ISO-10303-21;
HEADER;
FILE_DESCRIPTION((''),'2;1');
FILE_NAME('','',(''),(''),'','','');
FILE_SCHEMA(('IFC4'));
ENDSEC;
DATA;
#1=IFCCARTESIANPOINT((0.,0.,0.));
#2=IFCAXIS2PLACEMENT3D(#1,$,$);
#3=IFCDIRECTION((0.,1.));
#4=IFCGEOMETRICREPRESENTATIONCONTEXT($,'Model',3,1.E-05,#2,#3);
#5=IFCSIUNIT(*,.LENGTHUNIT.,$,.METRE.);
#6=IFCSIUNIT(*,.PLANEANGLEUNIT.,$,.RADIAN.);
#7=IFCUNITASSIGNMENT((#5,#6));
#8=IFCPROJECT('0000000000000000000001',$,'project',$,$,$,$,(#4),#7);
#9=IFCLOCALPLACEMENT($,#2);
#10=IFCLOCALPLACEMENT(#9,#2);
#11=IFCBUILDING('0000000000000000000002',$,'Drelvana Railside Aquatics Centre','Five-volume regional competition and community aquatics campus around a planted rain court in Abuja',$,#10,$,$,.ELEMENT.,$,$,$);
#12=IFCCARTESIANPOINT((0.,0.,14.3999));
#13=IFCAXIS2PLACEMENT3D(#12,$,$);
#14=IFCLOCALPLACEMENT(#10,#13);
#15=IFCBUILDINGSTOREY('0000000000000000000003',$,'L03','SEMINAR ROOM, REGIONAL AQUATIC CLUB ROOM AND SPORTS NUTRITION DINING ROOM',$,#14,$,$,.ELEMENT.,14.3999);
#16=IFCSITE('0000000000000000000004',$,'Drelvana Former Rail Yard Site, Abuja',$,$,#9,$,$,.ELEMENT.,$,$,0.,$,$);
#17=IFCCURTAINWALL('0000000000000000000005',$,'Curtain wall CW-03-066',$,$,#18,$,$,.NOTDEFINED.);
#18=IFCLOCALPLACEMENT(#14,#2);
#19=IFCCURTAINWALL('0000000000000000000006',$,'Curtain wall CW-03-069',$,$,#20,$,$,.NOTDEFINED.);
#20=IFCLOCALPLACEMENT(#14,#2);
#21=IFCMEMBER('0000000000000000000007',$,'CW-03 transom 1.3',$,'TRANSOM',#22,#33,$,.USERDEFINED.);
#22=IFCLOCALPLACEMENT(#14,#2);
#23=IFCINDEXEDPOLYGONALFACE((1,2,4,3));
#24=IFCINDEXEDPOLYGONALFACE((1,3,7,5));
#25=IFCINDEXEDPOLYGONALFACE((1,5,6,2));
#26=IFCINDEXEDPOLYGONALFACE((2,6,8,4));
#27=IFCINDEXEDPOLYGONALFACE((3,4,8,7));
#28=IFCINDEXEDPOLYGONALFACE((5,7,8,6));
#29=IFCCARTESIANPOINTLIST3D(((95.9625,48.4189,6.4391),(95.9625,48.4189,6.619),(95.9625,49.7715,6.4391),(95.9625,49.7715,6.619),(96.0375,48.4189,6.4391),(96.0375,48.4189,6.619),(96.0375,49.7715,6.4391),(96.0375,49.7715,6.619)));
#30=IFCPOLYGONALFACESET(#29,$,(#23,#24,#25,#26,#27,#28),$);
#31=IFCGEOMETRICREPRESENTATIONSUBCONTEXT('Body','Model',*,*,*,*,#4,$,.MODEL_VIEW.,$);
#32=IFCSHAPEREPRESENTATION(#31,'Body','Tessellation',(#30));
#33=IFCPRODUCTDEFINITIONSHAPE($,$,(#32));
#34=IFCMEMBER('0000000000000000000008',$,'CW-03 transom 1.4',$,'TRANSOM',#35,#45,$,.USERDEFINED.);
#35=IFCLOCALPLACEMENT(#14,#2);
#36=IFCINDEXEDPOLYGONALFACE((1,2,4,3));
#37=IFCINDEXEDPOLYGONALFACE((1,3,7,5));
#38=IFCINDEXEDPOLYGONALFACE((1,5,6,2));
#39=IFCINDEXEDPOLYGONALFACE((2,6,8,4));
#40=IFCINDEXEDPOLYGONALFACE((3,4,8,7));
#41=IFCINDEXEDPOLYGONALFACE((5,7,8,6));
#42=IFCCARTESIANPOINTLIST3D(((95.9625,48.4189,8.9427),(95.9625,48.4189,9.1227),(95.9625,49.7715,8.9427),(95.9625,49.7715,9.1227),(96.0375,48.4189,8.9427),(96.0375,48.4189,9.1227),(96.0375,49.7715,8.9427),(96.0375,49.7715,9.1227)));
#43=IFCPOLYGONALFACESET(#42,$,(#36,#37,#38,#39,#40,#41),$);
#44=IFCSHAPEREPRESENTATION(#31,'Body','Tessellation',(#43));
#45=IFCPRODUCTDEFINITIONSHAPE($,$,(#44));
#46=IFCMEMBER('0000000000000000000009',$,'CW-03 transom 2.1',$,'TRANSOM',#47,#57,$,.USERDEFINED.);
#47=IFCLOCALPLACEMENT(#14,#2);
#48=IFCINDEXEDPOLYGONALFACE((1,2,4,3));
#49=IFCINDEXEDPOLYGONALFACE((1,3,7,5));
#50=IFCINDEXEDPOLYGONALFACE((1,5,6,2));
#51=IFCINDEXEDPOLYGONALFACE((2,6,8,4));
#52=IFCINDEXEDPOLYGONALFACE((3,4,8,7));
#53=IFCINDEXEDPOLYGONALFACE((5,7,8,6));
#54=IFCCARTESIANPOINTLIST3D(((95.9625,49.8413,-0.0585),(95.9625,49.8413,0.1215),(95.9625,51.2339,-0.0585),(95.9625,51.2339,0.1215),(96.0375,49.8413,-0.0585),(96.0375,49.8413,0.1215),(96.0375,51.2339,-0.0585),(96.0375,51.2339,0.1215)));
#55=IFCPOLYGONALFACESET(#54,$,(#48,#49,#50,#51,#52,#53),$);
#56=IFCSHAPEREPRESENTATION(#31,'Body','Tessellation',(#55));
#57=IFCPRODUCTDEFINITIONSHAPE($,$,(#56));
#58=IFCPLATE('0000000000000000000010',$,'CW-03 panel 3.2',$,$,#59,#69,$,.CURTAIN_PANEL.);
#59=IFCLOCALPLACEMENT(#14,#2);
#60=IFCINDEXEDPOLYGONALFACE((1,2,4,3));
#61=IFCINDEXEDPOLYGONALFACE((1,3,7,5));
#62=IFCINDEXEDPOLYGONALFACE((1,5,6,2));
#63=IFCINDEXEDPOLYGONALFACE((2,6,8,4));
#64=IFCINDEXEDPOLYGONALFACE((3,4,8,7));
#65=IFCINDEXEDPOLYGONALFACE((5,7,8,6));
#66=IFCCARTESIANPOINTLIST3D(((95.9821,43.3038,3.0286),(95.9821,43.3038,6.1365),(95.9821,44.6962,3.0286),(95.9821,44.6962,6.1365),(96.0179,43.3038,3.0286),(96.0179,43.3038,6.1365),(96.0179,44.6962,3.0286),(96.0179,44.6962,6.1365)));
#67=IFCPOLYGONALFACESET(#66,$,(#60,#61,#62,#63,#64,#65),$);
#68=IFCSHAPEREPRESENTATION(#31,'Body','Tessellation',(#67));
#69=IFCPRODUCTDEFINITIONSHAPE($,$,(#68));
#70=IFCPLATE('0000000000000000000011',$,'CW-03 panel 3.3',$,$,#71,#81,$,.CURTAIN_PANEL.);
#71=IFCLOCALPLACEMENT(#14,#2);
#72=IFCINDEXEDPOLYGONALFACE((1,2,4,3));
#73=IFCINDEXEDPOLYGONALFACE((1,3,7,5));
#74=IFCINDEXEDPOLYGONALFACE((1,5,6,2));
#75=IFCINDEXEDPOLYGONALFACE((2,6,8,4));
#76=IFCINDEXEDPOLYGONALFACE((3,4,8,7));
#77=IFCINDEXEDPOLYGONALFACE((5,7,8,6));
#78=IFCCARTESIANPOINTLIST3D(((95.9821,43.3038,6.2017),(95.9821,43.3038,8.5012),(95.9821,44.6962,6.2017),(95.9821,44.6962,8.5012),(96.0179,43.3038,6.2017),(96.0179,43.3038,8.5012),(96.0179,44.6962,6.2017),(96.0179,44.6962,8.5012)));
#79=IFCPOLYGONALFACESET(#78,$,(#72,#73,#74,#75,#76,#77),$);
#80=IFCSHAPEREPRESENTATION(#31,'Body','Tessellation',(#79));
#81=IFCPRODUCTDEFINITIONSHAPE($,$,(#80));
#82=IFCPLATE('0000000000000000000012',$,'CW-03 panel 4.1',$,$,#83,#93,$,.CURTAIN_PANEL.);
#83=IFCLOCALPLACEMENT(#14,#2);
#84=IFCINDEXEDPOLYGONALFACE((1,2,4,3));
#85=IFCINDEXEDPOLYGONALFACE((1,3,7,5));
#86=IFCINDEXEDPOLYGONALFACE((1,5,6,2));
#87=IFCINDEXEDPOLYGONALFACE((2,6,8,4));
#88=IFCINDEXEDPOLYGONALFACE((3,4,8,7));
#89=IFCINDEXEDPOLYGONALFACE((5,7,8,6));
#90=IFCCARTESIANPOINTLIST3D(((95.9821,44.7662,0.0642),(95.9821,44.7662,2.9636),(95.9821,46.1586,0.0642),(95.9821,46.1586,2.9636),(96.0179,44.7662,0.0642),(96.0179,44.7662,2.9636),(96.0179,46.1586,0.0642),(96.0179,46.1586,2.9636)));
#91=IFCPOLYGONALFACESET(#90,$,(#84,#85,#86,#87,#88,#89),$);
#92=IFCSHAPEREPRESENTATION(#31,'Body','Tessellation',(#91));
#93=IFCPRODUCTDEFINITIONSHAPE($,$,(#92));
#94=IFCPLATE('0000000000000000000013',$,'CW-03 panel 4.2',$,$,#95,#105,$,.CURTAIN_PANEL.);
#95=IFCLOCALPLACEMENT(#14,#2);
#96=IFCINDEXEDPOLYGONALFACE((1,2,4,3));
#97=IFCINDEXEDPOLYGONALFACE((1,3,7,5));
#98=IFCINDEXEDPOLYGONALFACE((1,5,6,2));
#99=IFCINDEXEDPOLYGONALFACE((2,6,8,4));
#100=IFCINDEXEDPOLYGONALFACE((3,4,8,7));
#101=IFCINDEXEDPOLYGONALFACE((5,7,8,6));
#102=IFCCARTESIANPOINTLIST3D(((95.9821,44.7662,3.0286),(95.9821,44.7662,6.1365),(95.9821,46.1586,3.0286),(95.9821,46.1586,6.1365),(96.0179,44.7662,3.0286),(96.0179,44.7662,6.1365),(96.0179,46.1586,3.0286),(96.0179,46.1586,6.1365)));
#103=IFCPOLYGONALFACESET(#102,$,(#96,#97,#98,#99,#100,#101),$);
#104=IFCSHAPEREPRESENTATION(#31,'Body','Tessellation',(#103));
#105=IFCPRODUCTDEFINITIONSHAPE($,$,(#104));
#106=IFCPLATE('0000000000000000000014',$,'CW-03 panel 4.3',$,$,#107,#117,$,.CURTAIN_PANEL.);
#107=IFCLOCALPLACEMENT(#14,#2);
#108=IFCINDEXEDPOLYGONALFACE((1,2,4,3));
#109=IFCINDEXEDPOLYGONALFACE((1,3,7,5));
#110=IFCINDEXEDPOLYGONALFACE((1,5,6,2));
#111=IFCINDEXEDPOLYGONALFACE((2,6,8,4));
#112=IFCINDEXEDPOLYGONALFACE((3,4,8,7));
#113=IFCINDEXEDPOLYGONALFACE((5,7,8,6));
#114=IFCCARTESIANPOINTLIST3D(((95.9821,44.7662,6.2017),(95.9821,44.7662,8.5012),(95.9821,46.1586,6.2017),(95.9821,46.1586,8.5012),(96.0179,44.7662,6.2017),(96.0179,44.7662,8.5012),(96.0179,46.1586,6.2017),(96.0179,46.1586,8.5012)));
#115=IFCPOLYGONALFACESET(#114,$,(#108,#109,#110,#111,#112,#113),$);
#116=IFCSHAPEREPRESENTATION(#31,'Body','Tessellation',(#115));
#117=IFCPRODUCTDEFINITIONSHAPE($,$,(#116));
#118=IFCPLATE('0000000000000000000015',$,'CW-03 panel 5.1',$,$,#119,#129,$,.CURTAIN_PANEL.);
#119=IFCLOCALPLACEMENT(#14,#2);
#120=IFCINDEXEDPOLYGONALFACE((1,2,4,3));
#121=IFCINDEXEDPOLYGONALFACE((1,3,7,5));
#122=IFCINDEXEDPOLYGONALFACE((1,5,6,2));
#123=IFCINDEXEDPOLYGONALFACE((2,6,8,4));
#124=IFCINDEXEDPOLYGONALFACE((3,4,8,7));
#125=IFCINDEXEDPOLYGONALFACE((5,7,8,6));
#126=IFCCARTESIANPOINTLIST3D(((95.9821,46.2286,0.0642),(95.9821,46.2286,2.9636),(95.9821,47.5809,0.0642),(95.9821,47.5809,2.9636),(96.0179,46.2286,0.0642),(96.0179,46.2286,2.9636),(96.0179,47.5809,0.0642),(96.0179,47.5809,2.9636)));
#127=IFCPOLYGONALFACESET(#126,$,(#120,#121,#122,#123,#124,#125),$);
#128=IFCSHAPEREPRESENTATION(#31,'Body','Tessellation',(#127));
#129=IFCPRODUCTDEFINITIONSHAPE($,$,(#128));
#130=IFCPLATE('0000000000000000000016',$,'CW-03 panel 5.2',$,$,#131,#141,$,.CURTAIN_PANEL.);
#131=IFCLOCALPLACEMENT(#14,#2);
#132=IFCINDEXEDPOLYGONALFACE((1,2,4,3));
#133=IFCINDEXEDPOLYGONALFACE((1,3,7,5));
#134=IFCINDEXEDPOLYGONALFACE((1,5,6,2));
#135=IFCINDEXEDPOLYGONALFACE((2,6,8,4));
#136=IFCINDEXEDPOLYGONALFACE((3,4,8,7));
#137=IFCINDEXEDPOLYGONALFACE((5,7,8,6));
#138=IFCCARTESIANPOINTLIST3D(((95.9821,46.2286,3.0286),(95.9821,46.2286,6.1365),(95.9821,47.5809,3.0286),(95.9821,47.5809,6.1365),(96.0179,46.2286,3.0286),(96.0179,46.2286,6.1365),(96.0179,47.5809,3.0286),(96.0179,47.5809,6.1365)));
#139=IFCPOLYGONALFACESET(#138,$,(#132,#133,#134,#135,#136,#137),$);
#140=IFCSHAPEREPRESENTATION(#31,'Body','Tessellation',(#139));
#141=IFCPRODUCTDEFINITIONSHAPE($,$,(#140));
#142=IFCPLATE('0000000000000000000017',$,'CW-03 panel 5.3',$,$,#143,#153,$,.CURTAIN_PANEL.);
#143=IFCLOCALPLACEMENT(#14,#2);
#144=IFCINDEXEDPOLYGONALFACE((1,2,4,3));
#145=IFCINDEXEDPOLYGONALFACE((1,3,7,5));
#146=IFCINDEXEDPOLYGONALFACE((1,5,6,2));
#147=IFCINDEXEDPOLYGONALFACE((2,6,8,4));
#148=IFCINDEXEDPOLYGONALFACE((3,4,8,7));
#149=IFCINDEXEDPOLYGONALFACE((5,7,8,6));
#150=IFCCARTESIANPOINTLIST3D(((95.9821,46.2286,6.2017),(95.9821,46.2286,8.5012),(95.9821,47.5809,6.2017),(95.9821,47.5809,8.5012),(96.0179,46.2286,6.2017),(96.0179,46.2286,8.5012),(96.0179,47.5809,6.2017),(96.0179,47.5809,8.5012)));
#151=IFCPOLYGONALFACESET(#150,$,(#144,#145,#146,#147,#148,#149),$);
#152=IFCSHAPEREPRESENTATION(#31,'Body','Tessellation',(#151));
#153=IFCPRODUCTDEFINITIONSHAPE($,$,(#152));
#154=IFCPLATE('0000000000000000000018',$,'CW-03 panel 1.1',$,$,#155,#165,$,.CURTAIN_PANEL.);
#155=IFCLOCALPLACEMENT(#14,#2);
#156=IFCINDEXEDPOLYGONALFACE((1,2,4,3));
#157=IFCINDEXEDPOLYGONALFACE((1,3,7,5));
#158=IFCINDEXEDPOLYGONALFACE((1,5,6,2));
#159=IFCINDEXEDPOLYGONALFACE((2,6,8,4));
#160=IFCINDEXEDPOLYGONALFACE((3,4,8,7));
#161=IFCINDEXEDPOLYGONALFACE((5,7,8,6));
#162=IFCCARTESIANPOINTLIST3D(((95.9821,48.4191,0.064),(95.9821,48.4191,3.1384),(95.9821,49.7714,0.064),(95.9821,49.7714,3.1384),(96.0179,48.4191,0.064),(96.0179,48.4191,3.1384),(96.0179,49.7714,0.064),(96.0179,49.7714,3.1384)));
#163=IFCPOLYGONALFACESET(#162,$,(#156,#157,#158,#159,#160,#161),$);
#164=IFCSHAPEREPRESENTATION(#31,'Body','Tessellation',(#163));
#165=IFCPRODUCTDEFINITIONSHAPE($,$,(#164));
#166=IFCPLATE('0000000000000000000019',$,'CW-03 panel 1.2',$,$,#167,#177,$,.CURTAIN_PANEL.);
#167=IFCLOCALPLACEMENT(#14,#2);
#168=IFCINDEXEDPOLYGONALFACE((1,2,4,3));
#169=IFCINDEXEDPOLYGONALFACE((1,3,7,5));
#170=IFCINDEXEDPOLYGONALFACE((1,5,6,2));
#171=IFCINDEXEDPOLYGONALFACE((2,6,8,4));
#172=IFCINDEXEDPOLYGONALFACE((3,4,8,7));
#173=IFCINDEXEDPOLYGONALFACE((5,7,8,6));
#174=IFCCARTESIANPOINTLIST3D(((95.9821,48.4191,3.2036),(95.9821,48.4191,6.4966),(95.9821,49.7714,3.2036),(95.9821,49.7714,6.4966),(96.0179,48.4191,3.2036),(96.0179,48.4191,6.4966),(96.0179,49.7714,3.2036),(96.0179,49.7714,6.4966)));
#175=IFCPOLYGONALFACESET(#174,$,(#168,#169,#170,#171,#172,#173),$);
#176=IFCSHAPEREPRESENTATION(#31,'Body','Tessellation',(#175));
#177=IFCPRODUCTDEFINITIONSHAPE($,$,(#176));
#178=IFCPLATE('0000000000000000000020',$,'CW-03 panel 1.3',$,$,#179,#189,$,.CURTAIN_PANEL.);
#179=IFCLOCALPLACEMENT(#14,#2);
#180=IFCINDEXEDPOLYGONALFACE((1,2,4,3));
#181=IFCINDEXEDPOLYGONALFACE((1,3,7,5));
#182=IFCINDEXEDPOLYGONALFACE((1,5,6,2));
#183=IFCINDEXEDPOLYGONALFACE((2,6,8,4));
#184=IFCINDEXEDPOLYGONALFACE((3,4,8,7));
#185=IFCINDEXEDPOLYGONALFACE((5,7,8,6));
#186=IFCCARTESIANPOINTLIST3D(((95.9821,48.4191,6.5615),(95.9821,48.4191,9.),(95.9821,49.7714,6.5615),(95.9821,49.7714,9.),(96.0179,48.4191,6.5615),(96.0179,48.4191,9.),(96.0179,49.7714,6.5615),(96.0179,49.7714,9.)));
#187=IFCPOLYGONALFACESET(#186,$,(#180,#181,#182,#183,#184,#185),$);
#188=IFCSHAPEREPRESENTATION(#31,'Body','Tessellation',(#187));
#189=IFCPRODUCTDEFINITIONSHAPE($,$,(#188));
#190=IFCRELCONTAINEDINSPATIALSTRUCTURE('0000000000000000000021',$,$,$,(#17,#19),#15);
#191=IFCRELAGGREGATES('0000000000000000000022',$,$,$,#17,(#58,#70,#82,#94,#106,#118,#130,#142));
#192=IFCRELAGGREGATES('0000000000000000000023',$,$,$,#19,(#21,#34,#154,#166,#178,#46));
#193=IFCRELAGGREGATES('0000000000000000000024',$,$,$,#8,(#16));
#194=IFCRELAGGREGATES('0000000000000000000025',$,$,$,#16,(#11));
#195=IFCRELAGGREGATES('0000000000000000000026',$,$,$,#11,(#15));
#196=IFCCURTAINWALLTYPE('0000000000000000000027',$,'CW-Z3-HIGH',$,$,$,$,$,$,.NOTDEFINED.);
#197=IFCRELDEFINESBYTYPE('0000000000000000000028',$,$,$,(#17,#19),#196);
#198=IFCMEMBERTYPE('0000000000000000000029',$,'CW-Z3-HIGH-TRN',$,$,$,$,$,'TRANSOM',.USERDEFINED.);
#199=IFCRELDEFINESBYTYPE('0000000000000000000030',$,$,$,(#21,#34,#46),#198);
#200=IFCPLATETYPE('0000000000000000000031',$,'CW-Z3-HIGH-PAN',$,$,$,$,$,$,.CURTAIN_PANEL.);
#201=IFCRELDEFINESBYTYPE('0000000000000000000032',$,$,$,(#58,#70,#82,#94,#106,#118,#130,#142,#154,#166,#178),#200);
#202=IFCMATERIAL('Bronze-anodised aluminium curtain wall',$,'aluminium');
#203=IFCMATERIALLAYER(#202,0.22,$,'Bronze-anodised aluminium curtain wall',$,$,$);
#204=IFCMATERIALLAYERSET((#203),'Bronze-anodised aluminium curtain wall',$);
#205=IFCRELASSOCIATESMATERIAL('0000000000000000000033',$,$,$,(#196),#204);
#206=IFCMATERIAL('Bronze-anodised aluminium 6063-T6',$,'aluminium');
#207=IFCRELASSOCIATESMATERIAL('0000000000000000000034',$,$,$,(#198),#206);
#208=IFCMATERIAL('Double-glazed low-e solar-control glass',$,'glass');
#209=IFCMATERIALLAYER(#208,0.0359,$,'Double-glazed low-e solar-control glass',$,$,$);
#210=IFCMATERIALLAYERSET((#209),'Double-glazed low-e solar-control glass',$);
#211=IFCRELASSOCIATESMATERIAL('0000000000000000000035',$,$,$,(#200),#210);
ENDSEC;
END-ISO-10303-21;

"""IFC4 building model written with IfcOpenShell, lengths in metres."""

from ifc_helpers import new_model, si_unit, direction, frame, origin, origin_2d, place, context, subcontext, project, spatial, rectangle, extrude, material, layer, layer_set, material_profile, profile_set, type_object, element, aggregate, save


model = new_model("IFC4")

# Units and contexts
model_context = context("Model", 3, precision=1e-05, world=origin(), true_north=direction((0.0, 1.0)))
body_context = subcontext(model_context, "Body", "Model", "MODEL_VIEW")
ifc_project = project(units=[si_unit("LENGTHUNIT", "METRE"), si_unit("PLANEANGLEUNIT", "RADIAN")], contexts=[model_context])

# Site, building, storey
site_placement = place(None, origin())
site = spatial("IfcSite", under=ifc_project, at=site_placement, Name="Drelvana Former Rail Yard Site, Abuja", CompositionType="ELEMENT", RefElevation=0.0)
building_placement = place(site_placement, origin())
building = spatial("IfcBuilding", under=site, at=building_placement, Name="Drelvana Railside Aquatics Centre", Description="Five-volume regional competition and community aquatics campus around a planted rain court in Abuja", CompositionType="ELEMENT")
storey_placement = place(building_placement, frame((0.0, 0.0, 14.3999)))
storey = spatial("IfcBuildingStorey", under=building, at=storey_placement, Name="L03", Description="SEMINAR ROOM, REGIONAL AQUATIC CLUB ROOM AND SPORTS NUTRITION DINING ROOM", CompositionType="ELEMENT", Elevation=14.3999)

# Curtain walls
ifc_material_1 = material(Name="Bronze-anodised aluminium curtain wall", Category="aluminium")
ifc_layer_1 = layer(ifc_material_1, 0.22, Name="Bronze-anodised aluminium curtain wall")
ifc_layer_set_1 = layer_set([ifc_layer_1], Name="Bronze-anodised aluminium curtain wall")
curtain_wall_type = type_object("IfcCurtainWallType", Name="CW-Z3-HIGH", PredefinedType="NOTDEFINED", material=ifc_layer_set_1)
curtain_wall_1_placement = place(storey_placement, origin())
curtain_wall_1 = element("IfcCurtainWall", 1, at=curtain_wall_1_placement, inside=storey, type_object=curtain_wall_type, Name="Curtain wall CW-03-066", PredefinedType="NOTDEFINED")
ifc_material_2 = material(Name="Bronze-anodised aluminium 6063-T6", Category="aluminium")
curtain_wall_2_placement = place(storey_placement, origin())
curtain_wall_2 = element("IfcCurtainWall", 2, at=curtain_wall_2_placement, inside=storey, type_object=curtain_wall_type, Name="Curtain wall CW-03-069", PredefinedType="NOTDEFINED")

# Members
ifc_material_profile_1 = material_profile(ifc_material_2, rectangle(XDim=0.1799, YDim=0.075, at=origin_2d()), Name="ALU-T 75x180")
ifc_profile_set_1 = profile_set([ifc_material_profile_1], Name="Bronze-anodised aluminium 6063-T6")
member_type_1 = type_object("IfcMemberType", Name="CW-Z3-HIGH-TRN", ElementType="TRANSOM", PredefinedType="USERDEFINED", material=ifc_profile_set_1)
member_1_placement = place(storey_placement, frame((96.0, 48.4189, 6.5291), z_axis=(0.0, 1.0, 0.0), x_axis=(0.0, 0.0, 1.0)))
member_1 = element("IfcMember", 3, at=member_1_placement, type_object=member_type_1, Name="CW-03 transom 1.3", ObjectType="TRANSOM", PredefinedType="USERDEFINED", context=body_context, shape_type="SweptSolid", body=[
    extrude(rectangle(XDim=0.1799, YDim=0.075, at=origin_2d()), origin(), (0.0, 0.0, 1.0), 1.3525),
])
member_2_placement = place(storey_placement, frame((96.0, 48.4189, 9.0327), z_axis=(0.0, 1.0, 0.0), x_axis=(0.0, 0.0, 1.0)))
member_2 = element("IfcMember", 4, at=member_2_placement, type_object=member_type_1, Name="CW-03 transom 1.4", ObjectType="TRANSOM", PredefinedType="USERDEFINED", context=body_context, shape_type="SweptSolid", body=[
    extrude(rectangle(XDim=0.1799, YDim=0.075, at=origin_2d()), origin(), (0.0, 0.0, 1.0), 1.3525),
])
member_3_placement = place(storey_placement, frame((96.0, 49.8413, 0.0315), z_axis=(0.0, 1.0, 0.0), x_axis=(0.0, 0.0, 1.0)))
member_3 = element("IfcMember", 5, at=member_3_placement, type_object=member_type_1, Name="CW-03 transom 2.1", ObjectType="TRANSOM", PredefinedType="USERDEFINED", context=body_context, shape_type="SweptSolid", body=[
    extrude(rectangle(XDim=0.1799, YDim=0.075, at=origin_2d()), origin(), (0.0, 0.0, 1.0), 1.3926),
])

# Plates
ifc_material_3 = material(Name="Double-glazed low-e solar-control glass", Category="glass")
ifc_layer_2 = layer(ifc_material_3, 0.0359, Name="Double-glazed low-e solar-control glass")
ifc_layer_set_2 = layer_set([ifc_layer_2], Name="Double-glazed low-e solar-control glass")
plate_type = type_object("IfcPlateType", Name="CW-Z3-HIGH-PAN", PredefinedType="CURTAIN_PANEL", material=ifc_layer_set_2)
plate_1_placement = place(storey_placement, frame((96.0, 44.0, 3.0286), z_axis=(0.0, 0.0, 1.0), x_axis=(0.0, 1.0, 0.0)))
plate_1 = element("IfcPlate", 6, at=plate_1_placement, type_object=plate_type, Name="CW-03 panel 3.2", PredefinedType="CURTAIN_PANEL", context=body_context, shape_type="SweptSolid", body=[
    extrude(rectangle(XDim=1.3923, YDim=0.0359, at=origin_2d()), origin(), (0.0, 0.0, 1.0), 3.1079),
])
plate_2_placement = place(storey_placement, frame((96.0, 44.0, 6.2017), z_axis=(0.0, 0.0, 1.0), x_axis=(0.0, 1.0, 0.0)))
plate_2 = element("IfcPlate", 7, at=plate_2_placement, type_object=plate_type, Name="CW-03 panel 3.3", PredefinedType="CURTAIN_PANEL", context=body_context, shape_type="SweptSolid", body=[
    extrude(rectangle(XDim=1.3923, YDim=0.0359, at=origin_2d()), origin(), (0.0, 0.0, 1.0), 2.2996),
])
plate_3_placement = place(storey_placement, frame((96.0, 45.4624, 0.0642), z_axis=(0.0, 0.0, 1.0), x_axis=(0.0, 1.0, 0.0)))
plate_3 = element("IfcPlate", 8, at=plate_3_placement, type_object=plate_type, Name="CW-03 panel 4.1", PredefinedType="CURTAIN_PANEL", context=body_context, shape_type="SweptSolid", body=[
    extrude(rectangle(XDim=1.3923, YDim=0.0359, at=origin_2d()), origin(), (0.0, 0.0, 1.0), 2.8994),
])
plate_4_placement = place(storey_placement, frame((96.0, 45.4624, 3.0286), z_axis=(0.0, 0.0, 1.0), x_axis=(0.0, 1.0, 0.0)))
plate_4 = element("IfcPlate", 9, at=plate_4_placement, type_object=plate_type, Name="CW-03 panel 4.2", PredefinedType="CURTAIN_PANEL", context=body_context, shape_type="SweptSolid", body=[
    extrude(rectangle(XDim=1.3923, YDim=0.0359, at=origin_2d()), origin(), (0.0, 0.0, 1.0), 3.1079),
])
plate_5_placement = place(storey_placement, frame((96.0, 45.4624, 6.2017), z_axis=(0.0, 0.0, 1.0), x_axis=(0.0, 1.0, 0.0)))
plate_5 = element("IfcPlate", 10, at=plate_5_placement, type_object=plate_type, Name="CW-03 panel 4.3", PredefinedType="CURTAIN_PANEL", context=body_context, shape_type="SweptSolid", body=[
    extrude(rectangle(XDim=1.3923, YDim=0.0359, at=origin_2d()), origin(), (0.0, 0.0, 1.0), 2.2996),
])
plate_6_placement = place(storey_placement, frame((96.0, 46.9048, 0.0642), z_axis=(0.0, 0.0, 1.0), x_axis=(0.0, 1.0, 0.0)))
plate_6 = element("IfcPlate", 11, at=plate_6_placement, type_object=plate_type, Name="CW-03 panel 5.1", PredefinedType="CURTAIN_PANEL", context=body_context, shape_type="SweptSolid", body=[
    extrude(rectangle(XDim=1.3523, YDim=0.0359, at=origin_2d()), origin(), (0.0, 0.0, 1.0), 2.8994),
])
plate_7_placement = place(storey_placement, frame((96.0, 46.9048, 3.0286), z_axis=(0.0, 0.0, 1.0), x_axis=(0.0, 1.0, 0.0)))
plate_7 = element("IfcPlate", 12, at=plate_7_placement, type_object=plate_type, Name="CW-03 panel 5.2", PredefinedType="CURTAIN_PANEL", context=body_context, shape_type="SweptSolid", body=[
    extrude(rectangle(XDim=1.3523, YDim=0.0359, at=origin_2d()), origin(), (0.0, 0.0, 1.0), 3.1079),
])
plate_8_placement = place(storey_placement, frame((96.0, 46.9048, 6.2017), z_axis=(0.0, 0.0, 1.0), x_axis=(0.0, 1.0, 0.0)))
plate_8 = element("IfcPlate", 13, at=plate_8_placement, type_object=plate_type, Name="CW-03 panel 5.3", PredefinedType="CURTAIN_PANEL", context=body_context, shape_type="SweptSolid", body=[
    extrude(rectangle(XDim=1.3523, YDim=0.0359, at=origin_2d()), origin(), (0.0, 0.0, 1.0), 2.2996),
])
aggregate(curtain_wall_1, [plate_1, plate_2, plate_3, plate_4, plate_5, plate_6, plate_7, plate_8])
plate_9_placement = place(storey_placement, frame((96.0, 49.0952, 0.064), z_axis=(0.0, 0.0, 1.0), x_axis=(0.0, 1.0, 0.0)))
plate_9 = element("IfcPlate", 14, at=plate_9_placement, type_object=plate_type, Name="CW-03 panel 1.1", PredefinedType="CURTAIN_PANEL", context=body_context, shape_type="SweptSolid", body=[
    extrude(rectangle(XDim=1.3523, YDim=0.0359, at=origin_2d()), origin(), (0.0, 0.0, 1.0), 3.0745),
])
plate_10_placement = place(storey_placement, frame((96.0, 49.0952, 3.2036), z_axis=(0.0, 0.0, 1.0), x_axis=(0.0, 1.0, 0.0)))
plate_10 = element("IfcPlate", 15, at=plate_10_placement, type_object=plate_type, Name="CW-03 panel 1.2", PredefinedType="CURTAIN_PANEL", context=body_context, shape_type="SweptSolid", body=[
    extrude(rectangle(XDim=1.3523, YDim=0.0359, at=origin_2d()), origin(), (0.0, 0.0, 1.0), 3.293),
])
plate_11_placement = place(storey_placement, frame((96.0, 49.0952, 6.5615), z_axis=(0.0, 0.0, 1.0), x_axis=(0.0, 1.0, 0.0)))
plate_11 = element("IfcPlate", 16, at=plate_11_placement, type_object=plate_type, Name="CW-03 panel 1.3", PredefinedType="CURTAIN_PANEL", context=body_context, shape_type="SweptSolid", body=[
    extrude(rectangle(XDim=1.3523, YDim=0.0359, at=origin_2d()), origin(), (0.0, 0.0, 1.0), 2.4385),
])
aggregate(curtain_wall_2, [member_1, member_2, plate_9, plate_10, plate_11, member_3])

save(model, "model.ifc")
